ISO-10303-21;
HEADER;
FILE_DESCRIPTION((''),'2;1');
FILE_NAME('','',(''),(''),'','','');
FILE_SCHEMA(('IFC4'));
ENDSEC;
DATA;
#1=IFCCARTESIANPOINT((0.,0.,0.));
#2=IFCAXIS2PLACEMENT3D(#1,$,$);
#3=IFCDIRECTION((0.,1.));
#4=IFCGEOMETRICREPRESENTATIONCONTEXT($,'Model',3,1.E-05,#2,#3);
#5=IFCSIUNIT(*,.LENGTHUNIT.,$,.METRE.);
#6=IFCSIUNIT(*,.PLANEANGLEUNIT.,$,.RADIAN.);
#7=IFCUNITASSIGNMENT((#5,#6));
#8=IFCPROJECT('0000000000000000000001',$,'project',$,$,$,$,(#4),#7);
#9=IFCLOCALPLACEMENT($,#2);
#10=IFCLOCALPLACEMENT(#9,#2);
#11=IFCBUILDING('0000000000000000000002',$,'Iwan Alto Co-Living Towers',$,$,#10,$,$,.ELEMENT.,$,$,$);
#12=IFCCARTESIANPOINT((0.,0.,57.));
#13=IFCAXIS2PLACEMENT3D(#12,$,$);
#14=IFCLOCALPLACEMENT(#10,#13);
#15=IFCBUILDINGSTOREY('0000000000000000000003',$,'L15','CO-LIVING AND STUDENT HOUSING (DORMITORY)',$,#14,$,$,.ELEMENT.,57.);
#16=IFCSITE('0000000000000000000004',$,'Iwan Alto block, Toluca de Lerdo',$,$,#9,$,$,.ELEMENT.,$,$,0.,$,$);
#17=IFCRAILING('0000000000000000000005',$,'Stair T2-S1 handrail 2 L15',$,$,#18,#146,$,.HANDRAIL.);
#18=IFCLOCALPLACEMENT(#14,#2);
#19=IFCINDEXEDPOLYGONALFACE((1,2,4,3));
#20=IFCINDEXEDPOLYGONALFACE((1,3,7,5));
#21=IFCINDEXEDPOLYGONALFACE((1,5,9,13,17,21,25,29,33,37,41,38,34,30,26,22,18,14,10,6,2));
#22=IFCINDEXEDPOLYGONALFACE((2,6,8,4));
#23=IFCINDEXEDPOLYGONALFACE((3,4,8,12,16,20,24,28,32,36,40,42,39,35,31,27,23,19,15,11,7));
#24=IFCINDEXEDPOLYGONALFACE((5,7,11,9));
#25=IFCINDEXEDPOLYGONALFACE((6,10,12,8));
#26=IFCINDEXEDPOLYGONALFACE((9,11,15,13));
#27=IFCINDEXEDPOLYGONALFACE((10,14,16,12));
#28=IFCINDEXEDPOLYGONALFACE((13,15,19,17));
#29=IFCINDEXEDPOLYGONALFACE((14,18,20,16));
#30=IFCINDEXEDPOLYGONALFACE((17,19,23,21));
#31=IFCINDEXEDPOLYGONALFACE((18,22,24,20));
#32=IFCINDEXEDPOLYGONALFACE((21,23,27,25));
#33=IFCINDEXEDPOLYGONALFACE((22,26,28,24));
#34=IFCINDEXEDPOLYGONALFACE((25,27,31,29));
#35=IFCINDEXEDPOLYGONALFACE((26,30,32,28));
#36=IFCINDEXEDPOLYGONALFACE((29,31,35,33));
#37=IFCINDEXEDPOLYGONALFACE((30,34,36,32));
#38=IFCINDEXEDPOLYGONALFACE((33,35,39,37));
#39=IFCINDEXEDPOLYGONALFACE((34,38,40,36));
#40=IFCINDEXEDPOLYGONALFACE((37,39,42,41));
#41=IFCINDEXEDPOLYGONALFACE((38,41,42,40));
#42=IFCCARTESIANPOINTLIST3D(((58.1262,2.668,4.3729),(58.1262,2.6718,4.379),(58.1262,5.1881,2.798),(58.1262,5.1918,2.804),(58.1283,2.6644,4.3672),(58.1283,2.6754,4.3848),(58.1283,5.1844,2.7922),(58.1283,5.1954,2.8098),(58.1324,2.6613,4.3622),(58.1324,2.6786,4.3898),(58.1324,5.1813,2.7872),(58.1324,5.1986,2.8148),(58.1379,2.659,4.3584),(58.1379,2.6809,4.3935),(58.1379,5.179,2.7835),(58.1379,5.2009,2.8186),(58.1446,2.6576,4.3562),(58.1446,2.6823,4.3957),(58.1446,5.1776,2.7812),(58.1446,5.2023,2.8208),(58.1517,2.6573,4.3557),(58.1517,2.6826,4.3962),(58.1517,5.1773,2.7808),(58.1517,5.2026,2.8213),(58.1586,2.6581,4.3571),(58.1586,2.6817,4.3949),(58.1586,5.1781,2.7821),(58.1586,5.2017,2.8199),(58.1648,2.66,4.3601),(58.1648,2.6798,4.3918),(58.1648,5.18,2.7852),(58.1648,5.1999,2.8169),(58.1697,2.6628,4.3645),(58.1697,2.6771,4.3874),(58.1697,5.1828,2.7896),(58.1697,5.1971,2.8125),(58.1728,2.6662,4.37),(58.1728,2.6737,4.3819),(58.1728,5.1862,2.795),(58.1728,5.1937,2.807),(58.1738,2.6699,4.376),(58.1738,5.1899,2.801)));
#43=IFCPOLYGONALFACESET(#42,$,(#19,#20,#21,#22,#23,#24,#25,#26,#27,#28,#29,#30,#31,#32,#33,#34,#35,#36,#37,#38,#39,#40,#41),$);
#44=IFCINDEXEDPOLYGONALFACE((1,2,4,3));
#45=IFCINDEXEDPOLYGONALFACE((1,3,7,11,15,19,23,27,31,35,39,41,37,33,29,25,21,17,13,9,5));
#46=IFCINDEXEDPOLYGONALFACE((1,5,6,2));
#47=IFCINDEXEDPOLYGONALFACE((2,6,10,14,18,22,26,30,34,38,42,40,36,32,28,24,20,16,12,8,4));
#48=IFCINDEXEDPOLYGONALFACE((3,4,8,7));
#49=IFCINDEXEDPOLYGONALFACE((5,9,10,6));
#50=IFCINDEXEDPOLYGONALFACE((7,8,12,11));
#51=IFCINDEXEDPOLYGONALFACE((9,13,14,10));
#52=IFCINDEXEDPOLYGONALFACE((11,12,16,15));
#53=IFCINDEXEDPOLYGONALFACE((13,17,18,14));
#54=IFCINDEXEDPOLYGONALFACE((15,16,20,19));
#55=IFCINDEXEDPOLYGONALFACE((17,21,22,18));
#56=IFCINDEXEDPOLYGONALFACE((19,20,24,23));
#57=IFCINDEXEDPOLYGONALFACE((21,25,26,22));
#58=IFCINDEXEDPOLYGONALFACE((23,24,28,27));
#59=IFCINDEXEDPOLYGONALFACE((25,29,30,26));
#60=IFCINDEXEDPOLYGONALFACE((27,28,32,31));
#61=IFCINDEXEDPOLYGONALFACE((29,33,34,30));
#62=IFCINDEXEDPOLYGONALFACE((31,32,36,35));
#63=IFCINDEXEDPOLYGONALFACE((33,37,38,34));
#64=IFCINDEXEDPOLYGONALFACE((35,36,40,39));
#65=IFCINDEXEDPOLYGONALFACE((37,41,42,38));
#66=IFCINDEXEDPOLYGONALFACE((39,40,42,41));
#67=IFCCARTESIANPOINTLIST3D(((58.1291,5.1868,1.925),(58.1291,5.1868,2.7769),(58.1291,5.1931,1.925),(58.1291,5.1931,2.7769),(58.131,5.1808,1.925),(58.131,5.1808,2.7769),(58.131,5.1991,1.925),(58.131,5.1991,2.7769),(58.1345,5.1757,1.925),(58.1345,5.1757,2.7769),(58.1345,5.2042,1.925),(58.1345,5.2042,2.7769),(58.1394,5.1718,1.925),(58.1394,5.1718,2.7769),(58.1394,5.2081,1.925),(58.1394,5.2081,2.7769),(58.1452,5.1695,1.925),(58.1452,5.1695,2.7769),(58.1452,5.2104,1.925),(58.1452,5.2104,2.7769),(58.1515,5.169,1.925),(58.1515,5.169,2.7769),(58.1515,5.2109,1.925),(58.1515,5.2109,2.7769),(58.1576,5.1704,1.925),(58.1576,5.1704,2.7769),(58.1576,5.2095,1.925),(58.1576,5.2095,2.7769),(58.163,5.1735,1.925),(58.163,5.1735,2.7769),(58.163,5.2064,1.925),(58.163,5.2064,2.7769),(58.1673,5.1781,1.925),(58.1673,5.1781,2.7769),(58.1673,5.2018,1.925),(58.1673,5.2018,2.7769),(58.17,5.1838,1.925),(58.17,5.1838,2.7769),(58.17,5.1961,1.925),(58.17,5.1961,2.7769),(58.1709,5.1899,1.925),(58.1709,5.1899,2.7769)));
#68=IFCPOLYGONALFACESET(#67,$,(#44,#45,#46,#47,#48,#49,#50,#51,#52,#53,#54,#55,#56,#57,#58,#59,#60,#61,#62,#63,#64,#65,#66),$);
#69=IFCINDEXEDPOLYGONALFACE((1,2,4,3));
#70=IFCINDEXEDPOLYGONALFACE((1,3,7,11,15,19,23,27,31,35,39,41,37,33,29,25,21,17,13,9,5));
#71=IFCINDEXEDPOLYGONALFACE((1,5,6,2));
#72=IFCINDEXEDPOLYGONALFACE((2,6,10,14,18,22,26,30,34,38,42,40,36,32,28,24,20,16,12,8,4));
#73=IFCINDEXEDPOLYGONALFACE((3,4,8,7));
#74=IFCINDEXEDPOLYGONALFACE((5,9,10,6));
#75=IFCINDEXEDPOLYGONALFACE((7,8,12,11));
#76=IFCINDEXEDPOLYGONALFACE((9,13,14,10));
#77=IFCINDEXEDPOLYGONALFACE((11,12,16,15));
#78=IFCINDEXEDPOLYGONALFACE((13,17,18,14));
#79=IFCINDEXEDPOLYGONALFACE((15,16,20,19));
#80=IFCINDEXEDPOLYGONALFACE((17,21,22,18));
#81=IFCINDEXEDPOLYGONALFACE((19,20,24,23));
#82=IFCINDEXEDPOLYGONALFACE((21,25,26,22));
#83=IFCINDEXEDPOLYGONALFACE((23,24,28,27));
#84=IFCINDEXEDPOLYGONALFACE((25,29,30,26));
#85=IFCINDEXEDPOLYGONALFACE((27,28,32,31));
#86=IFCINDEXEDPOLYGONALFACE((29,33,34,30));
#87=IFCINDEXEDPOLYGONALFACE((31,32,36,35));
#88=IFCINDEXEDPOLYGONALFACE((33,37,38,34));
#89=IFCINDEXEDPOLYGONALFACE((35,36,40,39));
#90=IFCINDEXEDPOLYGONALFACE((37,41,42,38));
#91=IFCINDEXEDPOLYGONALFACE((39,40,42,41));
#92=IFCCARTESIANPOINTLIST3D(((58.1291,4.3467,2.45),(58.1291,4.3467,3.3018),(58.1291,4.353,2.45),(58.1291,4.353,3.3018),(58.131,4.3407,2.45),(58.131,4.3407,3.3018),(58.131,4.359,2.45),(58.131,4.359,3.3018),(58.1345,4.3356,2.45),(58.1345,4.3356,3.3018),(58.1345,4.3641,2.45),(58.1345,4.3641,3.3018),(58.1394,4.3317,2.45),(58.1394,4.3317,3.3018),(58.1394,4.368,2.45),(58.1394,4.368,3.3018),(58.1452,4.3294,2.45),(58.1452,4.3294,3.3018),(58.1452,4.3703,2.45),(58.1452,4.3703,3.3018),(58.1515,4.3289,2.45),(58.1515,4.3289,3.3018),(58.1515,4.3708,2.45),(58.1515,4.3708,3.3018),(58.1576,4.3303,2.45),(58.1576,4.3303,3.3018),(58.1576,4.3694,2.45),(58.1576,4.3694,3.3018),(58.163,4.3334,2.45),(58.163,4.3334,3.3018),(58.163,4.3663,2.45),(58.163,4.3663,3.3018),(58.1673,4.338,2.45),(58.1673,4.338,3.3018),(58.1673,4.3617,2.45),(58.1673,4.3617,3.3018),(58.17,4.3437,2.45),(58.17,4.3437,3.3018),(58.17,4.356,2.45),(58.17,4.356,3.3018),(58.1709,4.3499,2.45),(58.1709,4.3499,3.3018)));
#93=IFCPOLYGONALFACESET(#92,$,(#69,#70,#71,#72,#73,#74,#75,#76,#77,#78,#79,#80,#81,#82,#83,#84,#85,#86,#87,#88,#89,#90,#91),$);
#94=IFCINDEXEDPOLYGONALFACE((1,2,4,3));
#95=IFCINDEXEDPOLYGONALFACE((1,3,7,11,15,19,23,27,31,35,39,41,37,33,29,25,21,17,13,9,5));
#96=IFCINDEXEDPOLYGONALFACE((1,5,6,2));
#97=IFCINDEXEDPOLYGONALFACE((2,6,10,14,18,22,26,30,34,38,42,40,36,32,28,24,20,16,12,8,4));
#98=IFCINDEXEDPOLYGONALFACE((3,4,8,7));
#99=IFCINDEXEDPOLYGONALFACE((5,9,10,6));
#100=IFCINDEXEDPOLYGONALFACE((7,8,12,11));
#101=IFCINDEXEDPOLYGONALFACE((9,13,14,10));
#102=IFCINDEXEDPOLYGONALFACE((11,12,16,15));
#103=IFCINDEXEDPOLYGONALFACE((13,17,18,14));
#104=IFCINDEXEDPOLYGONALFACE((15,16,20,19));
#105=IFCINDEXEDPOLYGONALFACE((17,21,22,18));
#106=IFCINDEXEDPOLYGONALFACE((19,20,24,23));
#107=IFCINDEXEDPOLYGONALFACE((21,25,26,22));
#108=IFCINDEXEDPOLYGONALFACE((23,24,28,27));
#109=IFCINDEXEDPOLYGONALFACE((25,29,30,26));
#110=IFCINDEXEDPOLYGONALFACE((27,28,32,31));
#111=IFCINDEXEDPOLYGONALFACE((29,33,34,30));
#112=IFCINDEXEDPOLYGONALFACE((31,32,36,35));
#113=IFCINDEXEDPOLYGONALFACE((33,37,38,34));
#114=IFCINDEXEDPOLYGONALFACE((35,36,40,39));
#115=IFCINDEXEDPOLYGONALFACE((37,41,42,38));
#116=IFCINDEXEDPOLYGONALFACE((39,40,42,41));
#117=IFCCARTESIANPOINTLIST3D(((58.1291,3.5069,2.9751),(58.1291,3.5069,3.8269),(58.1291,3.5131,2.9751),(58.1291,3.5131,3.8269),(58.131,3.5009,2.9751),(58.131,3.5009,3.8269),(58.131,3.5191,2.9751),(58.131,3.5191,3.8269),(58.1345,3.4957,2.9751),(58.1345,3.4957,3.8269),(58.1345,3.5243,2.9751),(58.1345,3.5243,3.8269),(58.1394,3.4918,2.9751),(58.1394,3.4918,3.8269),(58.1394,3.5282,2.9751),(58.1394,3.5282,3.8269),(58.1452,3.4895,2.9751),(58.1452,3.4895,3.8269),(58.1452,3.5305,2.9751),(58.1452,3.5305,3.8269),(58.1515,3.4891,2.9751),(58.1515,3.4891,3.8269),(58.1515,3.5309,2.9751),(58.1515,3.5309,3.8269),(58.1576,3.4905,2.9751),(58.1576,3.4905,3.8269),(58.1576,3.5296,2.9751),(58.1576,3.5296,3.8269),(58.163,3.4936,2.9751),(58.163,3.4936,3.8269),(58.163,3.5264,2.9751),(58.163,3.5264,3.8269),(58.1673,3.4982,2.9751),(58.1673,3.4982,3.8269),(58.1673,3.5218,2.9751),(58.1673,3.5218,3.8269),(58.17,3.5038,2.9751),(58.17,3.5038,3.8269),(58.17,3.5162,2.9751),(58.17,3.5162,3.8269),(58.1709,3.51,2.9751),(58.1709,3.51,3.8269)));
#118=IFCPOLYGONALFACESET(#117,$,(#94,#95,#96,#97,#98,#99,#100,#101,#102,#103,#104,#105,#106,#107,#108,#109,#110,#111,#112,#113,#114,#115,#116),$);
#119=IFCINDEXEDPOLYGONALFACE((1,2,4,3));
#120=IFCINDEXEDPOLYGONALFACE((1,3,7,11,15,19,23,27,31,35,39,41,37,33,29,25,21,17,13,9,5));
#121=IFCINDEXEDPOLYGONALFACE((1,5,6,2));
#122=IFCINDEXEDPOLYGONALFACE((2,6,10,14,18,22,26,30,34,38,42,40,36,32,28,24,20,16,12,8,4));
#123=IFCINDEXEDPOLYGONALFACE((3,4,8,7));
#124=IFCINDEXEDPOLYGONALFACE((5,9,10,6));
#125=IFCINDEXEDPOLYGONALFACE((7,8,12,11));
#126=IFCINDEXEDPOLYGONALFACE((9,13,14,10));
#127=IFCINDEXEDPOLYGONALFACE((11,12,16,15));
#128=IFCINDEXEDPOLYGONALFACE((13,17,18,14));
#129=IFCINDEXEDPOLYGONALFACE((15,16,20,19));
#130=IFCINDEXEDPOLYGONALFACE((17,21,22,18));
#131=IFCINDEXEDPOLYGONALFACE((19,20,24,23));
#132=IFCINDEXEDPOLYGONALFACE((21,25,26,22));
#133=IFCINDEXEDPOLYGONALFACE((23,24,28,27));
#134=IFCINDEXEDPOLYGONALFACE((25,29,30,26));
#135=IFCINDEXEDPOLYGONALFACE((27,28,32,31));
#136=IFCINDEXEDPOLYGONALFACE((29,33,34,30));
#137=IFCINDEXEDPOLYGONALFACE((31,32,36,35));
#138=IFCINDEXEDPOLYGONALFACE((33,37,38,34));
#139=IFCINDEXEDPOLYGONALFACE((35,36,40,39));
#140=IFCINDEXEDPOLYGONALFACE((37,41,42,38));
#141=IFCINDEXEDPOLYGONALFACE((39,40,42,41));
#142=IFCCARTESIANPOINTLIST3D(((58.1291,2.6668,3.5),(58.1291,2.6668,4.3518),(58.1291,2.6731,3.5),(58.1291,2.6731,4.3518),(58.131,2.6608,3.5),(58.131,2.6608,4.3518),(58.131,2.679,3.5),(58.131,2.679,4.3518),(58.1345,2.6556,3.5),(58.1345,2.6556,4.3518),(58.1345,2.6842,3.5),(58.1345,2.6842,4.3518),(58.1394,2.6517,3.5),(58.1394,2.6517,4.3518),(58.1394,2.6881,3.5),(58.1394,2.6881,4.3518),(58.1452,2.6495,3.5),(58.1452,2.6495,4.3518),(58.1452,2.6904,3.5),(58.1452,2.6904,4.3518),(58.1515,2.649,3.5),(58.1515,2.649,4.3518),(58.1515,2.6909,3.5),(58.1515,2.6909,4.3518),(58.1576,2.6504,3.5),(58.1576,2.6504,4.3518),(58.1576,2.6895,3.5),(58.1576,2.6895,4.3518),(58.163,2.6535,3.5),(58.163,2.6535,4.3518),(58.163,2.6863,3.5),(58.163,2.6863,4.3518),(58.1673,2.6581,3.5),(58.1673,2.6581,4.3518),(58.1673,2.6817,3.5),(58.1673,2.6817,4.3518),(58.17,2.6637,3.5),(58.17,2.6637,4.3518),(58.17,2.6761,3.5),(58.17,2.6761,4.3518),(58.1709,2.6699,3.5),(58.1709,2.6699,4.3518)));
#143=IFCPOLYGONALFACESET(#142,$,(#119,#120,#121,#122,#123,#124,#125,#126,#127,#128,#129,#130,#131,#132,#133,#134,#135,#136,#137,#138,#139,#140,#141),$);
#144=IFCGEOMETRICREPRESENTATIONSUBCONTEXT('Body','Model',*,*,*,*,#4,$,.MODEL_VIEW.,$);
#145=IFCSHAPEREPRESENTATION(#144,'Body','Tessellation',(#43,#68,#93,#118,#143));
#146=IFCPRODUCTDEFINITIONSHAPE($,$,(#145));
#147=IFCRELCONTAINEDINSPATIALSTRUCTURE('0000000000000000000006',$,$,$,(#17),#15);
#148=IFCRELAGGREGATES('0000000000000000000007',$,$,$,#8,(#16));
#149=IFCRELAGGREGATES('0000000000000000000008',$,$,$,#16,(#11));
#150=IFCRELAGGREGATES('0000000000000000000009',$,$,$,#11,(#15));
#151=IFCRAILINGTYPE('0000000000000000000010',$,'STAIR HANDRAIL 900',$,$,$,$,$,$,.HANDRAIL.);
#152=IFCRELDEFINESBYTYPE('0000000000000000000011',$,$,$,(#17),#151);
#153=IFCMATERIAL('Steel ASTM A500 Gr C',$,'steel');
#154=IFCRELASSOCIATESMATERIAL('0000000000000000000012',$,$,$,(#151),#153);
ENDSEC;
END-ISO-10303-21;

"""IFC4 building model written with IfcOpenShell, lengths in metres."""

from ifc_helpers import new_model, si_unit, direction, frame, origin, origin_2d, place, context, subcontext, project, spatial, circle, extrude, material, type_object, element, save


model = new_model("IFC4")

# Units and contexts
model_context = context("Model", 3, precision=1e-05, world=origin(), true_north=direction((0.0, 1.0)))
body_context = subcontext(model_context, "Body", "Model", "MODEL_VIEW")
ifc_project = project(units=[si_unit("LENGTHUNIT", "METRE"), si_unit("PLANEANGLEUNIT", "RADIAN")], contexts=[model_context])

# Site, building, storey
site_placement = place(None, origin())
site = spatial("IfcSite", under=ifc_project, at=site_placement, Name="Iwan Alto block, Toluca de Lerdo", CompositionType="ELEMENT", RefElevation=0.0)
building_placement = place(site_placement, origin())
building = spatial("IfcBuilding", under=site, at=building_placement, Name="Iwan Alto Co-Living Towers", CompositionType="ELEMENT")
storey_placement = place(building_placement, frame((0.0, 0.0, 57.0)))
storey = spatial("IfcBuildingStorey", under=building, at=storey_placement, Name="L15", Description="CO-LIVING AND STUDENT HOUSING (DORMITORY)", CompositionType="ELEMENT", Elevation=57.0)

# Railing
ifc_material_1 = material(Name="Steel ASTM A500 Gr C", Category="steel")
railing_type_1 = type_object("IfcRailingType", Name="STAIR HANDRAIL 900", PredefinedType="HANDRAIL", material=ifc_material_1)
railing_1_placement = place(storey_placement, frame((58.1499, 5.1899, 1.925)))
element("IfcRailing", 1, at=railing_1_placement, inside=storey, type_object=railing_type_1, Name="Stair T2-S1 handrail 2 L15", PredefinedType="HANDRAIL", context=body_context, shape_type="SweptSolid", body=[
    extrude(circle(Radius=0.0239, at=origin_2d()), frame((0.0, 0.0, 0.876), z_axis=(0.0, -0.848008, 0.529984), x_axis=(1.0, 0.0, 0.0)), (0.0, 0.0, 1.0), 2.9717),
    extrude(circle(Radius=0.021, at=origin_2d()), origin(), (0.0, 0.0, 1.0), 0.8518),
    extrude(circle(Radius=0.021, at=origin_2d()), frame((0.0, -0.8401, 0.5249)), (0.0, 0.0, 1.0), 0.8518),
    extrude(circle(Radius=0.021, at=origin_2d()), frame((0.0, -1.6799, 1.05)), (0.0, 0.0, 1.0), 0.8518),
    extrude(circle(Radius=0.021, at=origin_2d()), frame((0.0, -2.52, 1.575)), (0.0, 0.0, 1.0), 0.8518),
])

save(model, "model.ifc")
